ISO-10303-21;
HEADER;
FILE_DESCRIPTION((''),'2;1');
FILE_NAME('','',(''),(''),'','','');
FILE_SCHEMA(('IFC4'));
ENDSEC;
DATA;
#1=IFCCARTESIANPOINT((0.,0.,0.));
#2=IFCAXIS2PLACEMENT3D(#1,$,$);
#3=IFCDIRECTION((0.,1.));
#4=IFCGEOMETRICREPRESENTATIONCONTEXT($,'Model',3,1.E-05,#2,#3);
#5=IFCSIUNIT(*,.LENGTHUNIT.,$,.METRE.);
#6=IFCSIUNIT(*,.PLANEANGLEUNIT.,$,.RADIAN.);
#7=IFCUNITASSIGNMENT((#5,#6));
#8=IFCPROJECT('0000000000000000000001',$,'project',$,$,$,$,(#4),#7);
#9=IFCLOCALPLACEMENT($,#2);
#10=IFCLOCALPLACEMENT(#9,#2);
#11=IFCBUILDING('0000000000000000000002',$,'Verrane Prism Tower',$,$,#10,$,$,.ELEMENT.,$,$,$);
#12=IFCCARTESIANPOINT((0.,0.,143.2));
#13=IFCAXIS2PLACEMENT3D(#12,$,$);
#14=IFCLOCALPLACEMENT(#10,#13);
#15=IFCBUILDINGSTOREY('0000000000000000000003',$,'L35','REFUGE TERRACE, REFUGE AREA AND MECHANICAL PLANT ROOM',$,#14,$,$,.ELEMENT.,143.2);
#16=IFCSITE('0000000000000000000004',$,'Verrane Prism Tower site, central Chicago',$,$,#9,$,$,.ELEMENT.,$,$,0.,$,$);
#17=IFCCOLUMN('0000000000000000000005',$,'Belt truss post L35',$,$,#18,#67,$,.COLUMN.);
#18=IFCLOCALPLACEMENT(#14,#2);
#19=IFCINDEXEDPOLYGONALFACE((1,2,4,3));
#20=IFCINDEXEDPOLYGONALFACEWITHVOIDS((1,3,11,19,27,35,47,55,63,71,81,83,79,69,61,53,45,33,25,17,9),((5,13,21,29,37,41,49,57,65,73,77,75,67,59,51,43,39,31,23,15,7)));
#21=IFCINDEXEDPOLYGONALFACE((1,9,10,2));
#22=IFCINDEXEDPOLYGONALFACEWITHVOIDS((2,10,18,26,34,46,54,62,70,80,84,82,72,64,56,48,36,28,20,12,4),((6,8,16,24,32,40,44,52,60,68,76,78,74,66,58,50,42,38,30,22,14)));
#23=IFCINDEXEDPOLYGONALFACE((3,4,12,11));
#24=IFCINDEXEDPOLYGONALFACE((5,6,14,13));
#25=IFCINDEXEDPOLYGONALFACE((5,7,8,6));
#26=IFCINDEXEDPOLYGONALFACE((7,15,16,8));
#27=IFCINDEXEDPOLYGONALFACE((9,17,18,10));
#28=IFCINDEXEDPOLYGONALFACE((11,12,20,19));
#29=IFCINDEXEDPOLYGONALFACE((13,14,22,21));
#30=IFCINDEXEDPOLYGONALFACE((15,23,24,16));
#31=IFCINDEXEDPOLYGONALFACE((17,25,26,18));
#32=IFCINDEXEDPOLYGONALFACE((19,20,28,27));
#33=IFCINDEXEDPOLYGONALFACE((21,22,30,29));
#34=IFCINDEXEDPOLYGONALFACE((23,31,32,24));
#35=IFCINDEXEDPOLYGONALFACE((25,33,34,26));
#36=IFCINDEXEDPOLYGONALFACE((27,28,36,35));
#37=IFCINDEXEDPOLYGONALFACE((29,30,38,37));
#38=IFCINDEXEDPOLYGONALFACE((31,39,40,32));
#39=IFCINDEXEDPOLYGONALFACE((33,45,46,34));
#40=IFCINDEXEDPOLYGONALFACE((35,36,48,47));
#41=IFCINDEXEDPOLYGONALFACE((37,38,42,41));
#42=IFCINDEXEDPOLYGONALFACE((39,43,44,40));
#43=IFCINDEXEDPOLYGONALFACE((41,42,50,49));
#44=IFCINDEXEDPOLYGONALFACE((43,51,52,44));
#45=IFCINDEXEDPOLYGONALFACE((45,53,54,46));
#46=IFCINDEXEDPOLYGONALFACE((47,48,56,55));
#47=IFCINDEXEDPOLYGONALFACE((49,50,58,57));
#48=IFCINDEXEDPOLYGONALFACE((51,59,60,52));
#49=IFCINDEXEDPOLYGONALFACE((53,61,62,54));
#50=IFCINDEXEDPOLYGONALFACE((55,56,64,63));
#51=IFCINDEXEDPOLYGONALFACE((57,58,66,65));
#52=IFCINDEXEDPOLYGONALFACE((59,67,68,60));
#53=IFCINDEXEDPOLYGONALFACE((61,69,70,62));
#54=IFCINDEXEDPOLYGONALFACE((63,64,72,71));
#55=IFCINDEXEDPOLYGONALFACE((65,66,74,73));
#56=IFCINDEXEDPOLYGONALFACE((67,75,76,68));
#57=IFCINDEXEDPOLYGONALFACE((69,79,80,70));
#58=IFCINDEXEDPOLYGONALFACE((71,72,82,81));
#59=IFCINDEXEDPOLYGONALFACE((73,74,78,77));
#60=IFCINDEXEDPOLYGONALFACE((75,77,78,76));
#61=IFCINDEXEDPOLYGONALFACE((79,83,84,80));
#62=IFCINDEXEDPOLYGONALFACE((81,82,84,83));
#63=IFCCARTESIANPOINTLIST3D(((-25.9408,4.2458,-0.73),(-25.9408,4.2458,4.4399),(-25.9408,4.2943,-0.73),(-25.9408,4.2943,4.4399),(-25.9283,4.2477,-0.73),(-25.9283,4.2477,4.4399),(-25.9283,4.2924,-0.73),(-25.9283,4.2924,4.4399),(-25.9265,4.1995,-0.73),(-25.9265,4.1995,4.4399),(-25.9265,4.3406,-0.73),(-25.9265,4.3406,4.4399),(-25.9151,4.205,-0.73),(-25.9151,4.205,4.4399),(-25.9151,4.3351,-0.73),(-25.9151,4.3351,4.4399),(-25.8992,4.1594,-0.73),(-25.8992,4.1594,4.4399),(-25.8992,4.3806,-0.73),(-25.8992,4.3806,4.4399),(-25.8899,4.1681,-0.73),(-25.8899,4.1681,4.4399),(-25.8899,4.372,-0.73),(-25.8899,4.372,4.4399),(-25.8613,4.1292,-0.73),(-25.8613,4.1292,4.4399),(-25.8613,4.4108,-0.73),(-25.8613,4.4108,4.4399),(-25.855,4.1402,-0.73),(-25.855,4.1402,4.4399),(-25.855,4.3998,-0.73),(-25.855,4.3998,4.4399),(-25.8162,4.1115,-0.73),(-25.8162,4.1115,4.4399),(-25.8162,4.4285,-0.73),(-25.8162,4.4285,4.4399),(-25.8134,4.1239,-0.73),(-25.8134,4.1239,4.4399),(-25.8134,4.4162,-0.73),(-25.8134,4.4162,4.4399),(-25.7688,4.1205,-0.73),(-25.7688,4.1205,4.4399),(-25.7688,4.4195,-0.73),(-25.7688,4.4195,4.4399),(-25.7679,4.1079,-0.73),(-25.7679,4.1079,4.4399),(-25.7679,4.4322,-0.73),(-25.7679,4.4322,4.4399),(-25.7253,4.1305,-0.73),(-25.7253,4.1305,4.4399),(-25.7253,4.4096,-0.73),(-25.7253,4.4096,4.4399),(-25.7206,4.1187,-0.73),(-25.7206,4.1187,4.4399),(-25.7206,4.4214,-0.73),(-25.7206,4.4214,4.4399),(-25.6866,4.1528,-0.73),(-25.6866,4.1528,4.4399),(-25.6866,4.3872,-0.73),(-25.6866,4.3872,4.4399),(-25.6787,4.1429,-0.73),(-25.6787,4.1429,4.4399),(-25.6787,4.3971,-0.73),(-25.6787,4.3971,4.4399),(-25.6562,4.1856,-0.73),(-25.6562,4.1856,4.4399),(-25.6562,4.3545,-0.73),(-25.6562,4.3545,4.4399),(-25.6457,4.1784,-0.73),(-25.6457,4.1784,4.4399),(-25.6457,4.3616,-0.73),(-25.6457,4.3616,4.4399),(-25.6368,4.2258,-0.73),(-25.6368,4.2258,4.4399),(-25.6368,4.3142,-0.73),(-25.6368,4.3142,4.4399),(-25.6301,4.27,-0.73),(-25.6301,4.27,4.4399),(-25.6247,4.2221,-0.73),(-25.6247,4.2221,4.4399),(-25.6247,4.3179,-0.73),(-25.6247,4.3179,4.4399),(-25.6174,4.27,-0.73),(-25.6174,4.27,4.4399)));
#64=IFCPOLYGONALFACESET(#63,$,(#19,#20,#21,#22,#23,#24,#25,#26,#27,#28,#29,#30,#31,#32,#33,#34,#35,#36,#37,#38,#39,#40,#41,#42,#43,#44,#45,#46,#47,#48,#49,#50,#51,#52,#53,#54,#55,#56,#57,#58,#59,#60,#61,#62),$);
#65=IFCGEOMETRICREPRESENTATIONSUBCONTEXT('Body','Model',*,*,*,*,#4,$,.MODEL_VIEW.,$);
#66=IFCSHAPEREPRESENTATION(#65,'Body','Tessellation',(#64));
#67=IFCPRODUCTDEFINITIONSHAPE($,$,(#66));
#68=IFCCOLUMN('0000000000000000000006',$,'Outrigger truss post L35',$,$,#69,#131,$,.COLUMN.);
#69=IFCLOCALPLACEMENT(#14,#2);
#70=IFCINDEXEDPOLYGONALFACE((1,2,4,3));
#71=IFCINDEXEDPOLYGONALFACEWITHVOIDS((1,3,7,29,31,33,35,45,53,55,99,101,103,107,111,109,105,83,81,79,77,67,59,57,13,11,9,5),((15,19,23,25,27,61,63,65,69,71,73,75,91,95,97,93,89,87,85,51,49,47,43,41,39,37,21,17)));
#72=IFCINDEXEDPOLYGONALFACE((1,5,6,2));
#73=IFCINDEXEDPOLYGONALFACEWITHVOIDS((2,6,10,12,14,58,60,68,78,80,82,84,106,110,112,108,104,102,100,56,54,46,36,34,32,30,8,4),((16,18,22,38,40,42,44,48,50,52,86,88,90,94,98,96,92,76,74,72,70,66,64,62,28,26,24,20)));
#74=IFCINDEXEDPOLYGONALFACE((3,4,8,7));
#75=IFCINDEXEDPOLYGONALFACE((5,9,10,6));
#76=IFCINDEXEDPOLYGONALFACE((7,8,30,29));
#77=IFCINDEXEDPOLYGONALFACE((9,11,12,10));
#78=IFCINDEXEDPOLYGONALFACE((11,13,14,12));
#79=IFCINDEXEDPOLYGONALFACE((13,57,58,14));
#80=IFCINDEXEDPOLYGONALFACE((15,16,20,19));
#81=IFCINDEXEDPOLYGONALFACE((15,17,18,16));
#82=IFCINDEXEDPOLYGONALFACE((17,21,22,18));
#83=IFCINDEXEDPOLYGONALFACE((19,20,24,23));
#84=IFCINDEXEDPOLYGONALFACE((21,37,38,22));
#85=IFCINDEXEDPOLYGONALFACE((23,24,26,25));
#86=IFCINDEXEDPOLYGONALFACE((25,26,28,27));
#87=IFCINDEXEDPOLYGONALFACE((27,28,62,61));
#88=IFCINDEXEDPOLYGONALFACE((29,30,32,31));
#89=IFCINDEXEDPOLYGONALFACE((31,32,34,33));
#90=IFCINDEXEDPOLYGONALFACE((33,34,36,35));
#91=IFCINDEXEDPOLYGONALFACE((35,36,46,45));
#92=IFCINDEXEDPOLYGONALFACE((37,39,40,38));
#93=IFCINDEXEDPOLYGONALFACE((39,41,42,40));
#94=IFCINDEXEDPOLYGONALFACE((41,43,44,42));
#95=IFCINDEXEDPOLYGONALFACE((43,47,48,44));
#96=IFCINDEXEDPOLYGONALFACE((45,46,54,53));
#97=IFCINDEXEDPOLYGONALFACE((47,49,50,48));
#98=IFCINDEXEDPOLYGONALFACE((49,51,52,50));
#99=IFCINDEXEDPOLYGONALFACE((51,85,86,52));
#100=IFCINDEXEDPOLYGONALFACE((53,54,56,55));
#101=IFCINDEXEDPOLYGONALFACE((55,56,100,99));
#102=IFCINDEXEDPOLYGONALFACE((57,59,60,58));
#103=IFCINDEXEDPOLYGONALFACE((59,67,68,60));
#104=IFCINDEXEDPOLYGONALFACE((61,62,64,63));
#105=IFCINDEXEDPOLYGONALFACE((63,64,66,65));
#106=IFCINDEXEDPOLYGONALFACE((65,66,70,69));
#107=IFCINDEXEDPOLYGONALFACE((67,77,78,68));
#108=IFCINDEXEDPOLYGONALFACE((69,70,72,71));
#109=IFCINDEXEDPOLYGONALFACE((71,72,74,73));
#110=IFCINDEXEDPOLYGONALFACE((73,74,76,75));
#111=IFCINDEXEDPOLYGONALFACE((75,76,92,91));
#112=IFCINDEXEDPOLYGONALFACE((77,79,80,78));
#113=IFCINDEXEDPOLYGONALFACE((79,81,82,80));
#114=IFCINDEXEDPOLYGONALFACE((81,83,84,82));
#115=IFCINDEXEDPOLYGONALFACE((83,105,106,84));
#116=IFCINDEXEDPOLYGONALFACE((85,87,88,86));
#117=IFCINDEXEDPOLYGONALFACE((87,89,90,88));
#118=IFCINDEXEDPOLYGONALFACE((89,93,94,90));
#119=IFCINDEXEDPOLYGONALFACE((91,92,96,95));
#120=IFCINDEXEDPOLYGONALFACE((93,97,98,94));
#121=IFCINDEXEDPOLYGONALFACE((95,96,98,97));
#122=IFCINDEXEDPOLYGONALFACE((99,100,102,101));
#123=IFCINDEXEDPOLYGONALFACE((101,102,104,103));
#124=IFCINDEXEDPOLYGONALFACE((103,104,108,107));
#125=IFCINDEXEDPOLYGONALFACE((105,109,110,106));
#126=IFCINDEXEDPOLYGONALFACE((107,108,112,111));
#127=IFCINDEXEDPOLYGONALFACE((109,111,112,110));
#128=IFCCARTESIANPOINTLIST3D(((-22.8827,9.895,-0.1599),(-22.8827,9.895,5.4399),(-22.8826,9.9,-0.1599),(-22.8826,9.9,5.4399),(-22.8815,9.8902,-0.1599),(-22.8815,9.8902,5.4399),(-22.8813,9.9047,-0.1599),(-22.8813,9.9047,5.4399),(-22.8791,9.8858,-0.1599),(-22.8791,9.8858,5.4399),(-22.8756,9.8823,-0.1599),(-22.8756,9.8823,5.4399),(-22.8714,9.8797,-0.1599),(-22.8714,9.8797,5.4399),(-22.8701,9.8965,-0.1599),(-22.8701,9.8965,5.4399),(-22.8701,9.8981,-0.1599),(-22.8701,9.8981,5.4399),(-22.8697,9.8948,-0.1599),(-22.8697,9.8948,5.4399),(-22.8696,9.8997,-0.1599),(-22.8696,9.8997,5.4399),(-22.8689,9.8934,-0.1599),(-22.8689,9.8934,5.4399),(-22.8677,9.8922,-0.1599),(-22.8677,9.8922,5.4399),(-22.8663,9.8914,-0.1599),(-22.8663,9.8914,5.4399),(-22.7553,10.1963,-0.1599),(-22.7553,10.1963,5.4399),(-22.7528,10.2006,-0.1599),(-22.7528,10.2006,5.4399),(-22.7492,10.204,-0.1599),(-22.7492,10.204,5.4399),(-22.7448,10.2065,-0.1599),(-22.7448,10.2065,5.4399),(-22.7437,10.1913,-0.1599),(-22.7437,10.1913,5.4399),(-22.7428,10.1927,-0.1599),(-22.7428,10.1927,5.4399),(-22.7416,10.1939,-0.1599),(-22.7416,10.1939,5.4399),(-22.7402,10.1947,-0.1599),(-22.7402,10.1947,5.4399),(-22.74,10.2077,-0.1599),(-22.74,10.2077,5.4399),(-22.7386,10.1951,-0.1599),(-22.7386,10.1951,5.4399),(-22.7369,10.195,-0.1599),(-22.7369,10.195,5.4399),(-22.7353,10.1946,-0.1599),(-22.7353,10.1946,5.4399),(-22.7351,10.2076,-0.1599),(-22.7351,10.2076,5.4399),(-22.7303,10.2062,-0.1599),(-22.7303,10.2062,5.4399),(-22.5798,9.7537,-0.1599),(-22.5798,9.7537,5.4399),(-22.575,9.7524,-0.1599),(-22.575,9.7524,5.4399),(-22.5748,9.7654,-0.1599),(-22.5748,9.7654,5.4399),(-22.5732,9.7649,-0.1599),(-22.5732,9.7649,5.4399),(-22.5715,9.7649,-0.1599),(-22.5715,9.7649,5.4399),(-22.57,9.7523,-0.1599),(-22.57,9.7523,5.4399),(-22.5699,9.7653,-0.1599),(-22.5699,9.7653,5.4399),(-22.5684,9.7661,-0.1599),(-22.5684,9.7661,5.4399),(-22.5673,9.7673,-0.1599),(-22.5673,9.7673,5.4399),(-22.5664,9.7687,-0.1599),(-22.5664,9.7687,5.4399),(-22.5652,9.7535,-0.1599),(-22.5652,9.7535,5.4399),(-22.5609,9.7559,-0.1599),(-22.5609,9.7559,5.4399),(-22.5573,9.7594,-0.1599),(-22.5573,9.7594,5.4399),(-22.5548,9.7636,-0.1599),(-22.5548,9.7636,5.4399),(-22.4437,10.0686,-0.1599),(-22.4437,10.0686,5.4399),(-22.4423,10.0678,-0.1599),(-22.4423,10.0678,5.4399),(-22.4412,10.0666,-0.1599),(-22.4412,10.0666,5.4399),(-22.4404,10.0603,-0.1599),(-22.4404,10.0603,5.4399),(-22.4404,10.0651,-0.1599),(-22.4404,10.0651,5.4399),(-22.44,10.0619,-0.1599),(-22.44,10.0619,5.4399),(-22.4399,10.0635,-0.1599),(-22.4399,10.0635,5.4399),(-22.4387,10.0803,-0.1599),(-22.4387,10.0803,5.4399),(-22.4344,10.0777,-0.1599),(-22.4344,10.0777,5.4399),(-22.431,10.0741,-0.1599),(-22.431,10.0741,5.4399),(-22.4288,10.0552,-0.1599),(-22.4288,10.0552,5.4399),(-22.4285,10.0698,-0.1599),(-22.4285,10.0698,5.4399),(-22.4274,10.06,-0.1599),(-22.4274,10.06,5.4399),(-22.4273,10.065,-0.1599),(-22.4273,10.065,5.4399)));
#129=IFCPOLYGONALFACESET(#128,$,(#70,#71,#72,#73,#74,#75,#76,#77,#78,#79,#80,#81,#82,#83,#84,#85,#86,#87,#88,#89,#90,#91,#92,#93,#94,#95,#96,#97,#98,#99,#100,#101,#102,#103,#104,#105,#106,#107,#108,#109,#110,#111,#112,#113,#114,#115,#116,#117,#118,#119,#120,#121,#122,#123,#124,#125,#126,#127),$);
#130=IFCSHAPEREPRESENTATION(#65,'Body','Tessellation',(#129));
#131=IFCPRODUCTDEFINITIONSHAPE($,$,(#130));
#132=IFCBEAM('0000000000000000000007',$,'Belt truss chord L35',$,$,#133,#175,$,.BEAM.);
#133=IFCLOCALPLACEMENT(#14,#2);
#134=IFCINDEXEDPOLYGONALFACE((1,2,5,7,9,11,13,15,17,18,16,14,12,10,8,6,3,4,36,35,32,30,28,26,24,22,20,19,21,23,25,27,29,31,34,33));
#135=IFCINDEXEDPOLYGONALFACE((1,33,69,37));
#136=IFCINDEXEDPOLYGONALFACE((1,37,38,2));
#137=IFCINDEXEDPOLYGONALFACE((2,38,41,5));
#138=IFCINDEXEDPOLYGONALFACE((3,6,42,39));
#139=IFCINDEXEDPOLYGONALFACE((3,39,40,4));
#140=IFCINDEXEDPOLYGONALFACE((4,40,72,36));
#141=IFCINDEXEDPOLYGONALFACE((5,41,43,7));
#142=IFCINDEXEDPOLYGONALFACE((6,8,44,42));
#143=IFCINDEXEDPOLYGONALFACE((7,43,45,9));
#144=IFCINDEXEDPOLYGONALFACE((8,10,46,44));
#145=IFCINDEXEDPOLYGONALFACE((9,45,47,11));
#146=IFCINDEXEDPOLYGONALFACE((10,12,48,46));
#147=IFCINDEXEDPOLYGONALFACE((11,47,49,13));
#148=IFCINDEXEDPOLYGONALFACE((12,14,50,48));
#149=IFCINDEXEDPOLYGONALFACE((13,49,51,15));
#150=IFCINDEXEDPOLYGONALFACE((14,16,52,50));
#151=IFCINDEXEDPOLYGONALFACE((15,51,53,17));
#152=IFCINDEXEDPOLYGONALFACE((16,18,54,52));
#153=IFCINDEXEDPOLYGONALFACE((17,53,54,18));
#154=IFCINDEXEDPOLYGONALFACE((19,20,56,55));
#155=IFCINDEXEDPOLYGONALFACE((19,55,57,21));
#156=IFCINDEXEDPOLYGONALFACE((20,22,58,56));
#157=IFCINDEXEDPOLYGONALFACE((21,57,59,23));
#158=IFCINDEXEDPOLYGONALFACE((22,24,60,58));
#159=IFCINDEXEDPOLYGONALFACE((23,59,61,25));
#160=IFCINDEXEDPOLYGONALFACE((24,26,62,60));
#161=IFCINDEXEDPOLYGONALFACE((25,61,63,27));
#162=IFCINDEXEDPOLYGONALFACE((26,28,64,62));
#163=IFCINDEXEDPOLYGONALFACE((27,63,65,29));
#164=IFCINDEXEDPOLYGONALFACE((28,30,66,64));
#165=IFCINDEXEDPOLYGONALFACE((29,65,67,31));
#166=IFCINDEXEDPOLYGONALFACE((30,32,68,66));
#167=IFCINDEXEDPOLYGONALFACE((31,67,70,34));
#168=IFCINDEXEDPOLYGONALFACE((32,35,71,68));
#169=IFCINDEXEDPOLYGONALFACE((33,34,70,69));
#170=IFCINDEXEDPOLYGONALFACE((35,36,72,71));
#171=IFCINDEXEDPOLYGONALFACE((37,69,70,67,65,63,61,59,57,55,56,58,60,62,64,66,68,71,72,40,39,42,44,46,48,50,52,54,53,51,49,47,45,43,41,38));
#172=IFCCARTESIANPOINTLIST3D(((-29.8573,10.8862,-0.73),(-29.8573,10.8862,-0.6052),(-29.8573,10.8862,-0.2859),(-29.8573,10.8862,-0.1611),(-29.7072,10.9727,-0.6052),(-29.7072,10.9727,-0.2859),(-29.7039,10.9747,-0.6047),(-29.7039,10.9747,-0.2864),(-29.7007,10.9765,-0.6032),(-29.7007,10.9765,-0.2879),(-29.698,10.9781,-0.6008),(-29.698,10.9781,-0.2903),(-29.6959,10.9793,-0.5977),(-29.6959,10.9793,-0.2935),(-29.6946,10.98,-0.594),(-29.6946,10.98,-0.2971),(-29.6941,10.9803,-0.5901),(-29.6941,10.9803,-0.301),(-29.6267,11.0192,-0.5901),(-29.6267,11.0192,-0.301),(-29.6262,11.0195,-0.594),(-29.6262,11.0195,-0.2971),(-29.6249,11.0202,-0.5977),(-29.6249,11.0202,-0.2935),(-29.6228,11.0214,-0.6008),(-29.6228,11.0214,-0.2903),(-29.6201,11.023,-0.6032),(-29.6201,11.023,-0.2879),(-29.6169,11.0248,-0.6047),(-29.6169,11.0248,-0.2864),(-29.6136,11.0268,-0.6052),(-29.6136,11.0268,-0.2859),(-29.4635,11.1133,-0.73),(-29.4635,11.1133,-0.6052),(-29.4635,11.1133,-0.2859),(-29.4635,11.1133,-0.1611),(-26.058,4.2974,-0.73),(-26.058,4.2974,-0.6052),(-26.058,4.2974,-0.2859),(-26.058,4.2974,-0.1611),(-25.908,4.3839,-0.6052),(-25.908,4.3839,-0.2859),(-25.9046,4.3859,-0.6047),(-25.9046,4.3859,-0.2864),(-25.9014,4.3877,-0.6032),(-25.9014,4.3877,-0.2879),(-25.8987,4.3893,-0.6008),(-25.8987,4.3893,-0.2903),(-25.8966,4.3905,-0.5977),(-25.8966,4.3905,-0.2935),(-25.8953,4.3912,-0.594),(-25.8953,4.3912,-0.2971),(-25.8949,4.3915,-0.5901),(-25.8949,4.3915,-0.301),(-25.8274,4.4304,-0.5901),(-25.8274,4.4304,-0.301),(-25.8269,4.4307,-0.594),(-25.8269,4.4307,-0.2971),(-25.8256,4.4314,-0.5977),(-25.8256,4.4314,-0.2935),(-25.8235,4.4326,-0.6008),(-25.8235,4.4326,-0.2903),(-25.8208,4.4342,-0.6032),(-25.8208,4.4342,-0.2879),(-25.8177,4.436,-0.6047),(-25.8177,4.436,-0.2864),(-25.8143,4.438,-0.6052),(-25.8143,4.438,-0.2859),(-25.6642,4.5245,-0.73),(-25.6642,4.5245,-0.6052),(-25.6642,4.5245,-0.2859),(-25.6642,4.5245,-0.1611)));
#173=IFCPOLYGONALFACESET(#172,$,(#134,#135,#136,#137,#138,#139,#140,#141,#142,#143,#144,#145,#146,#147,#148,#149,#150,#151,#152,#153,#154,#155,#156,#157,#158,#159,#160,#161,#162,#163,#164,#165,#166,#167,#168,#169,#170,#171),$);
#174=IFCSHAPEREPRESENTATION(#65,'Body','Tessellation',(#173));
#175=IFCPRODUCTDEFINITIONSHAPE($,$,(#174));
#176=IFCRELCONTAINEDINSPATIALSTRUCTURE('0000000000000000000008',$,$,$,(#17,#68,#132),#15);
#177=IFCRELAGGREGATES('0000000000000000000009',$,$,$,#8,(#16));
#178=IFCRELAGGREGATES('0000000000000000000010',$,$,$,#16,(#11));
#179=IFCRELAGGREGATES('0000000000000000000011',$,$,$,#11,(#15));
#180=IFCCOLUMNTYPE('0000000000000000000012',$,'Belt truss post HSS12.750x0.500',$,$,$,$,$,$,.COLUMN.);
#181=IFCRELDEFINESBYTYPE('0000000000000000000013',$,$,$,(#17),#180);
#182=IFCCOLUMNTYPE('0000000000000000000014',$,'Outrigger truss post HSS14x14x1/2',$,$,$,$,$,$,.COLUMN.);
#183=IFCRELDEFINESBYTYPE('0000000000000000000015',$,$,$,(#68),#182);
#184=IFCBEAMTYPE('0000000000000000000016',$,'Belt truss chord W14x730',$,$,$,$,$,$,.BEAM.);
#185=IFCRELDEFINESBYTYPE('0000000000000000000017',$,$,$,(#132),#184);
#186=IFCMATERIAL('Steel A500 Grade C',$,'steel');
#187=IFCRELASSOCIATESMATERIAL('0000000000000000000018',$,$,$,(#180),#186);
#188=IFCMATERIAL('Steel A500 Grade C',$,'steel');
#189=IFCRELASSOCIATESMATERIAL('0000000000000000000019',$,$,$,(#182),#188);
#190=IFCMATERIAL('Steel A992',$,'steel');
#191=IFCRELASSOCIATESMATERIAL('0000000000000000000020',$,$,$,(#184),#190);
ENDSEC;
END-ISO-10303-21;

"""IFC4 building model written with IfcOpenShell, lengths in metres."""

from ifc_helpers import new_model, si_unit, direction, frame, origin, origin_2d, place, context, subcontext, project, spatial, hollow_rectangle, hollow_circle, i_section, extrude, material, material_profile, profile_set, type_object, element, save


model = new_model("IFC4")

# Units and contexts
model_context = context("Model", 3, precision=1e-05, world=origin(), true_north=direction((0.0, 1.0)))
body_context = subcontext(model_context, "Body", "Model", "MODEL_VIEW")
ifc_project = project(units=[si_unit("LENGTHUNIT", "METRE"), si_unit("PLANEANGLEUNIT", "RADIAN")], contexts=[model_context])

# Site, building, storey
site_placement = place(None, origin())
site = spatial("IfcSite", under=ifc_project, at=site_placement, Name="Verrane Prism Tower site, central Chicago", CompositionType="ELEMENT", RefElevation=0.0)
building_placement = place(site_placement, origin())
building = spatial("IfcBuilding", under=site, at=building_placement, Name="Verrane Prism Tower", CompositionType="ELEMENT")
storey_placement = place(building_placement, frame((0.0, 0.0, 143.2)))
storey = spatial("IfcBuildingStorey", under=building, at=storey_placement, Name="L35", Description="REFUGE TERRACE, REFUGE AREA AND MECHANICAL PLANT ROOM", CompositionType="ELEMENT", Elevation=143.2)

# Columns
ifc_material_1 = material(Name="Steel A500 Grade C", Category="steel")
ifc_material_profile_1 = material_profile(ifc_material_1, hollow_circle(Radius=0.1626, WallThickness=0.0127, at=origin_2d()), Name="HSS12.750x0.500")
ifc_profile_set_1 = profile_set([ifc_material_profile_1], Name="Steel A500 Grade C")
column_type_1 = type_object("IfcColumnType", Name="Belt truss post HSS12.750x0.500", PredefinedType="COLUMN", material=ifc_profile_set_1)
column_1_placement = place(storey_placement, frame((-25.78, 4.27, -0.73), z_axis=(0.0, 0.0, 1.0), x_axis=(-0.5, 0.866025, 0.0)))
element("IfcColumn", 1, at=column_1_placement, inside=storey, type_object=column_type_1, Name="Belt truss post L35", PredefinedType="COLUMN", context=body_context, shape_type="SweptSolid", body=[
    extrude(hollow_circle(Radius=0.1626, WallThickness=0.0127, at=origin_2d()), origin(), (0.0, 0.0, 1.0), 5.1699),
])
ifc_material_2 = material(Name="Steel A500 Grade C", Category="steel")
ifc_material_profile_2 = material_profile(ifc_material_2, hollow_rectangle(XDim=0.3557, YDim=0.3557, WallThickness=0.0127, InnerFilletRadius=0.0063, OuterFilletRadius=0.019, at=origin_2d()), Name="HSS14x14x1/2")
ifc_profile_set_2 = profile_set([ifc_material_profile_2], Name="Steel A500 Grade C")
column_type_2 = type_object("IfcColumnType", Name="Outrigger truss post HSS14x14x1/2", PredefinedType="COLUMN", material=ifc_profile_set_2)
column_2_placement = place(storey_placement, frame((-22.655, 9.98, -0.1599), z_axis=(0.0, 0.0, 1.0), x_axis=(-0.396637, -0.917976, 0.0)))
element("IfcColumn", 2, at=column_2_placement, inside=storey, type_object=column_type_2, Name="Outrigger truss post L35", PredefinedType="COLUMN", context=body_context, shape_type="SweptSolid", body=[
    extrude(hollow_rectangle(XDim=0.3557, YDim=0.3557, WallThickness=0.0127, InnerFilletRadius=0.0063, OuterFilletRadius=0.019, at=origin_2d()), origin(), (0.0, 0.0, 1.0), 5.5999),
])

# Beam
ifc_material_3 = material(Name="Steel A992", Category="steel")
ifc_material_profile_3 = material_profile(ifc_material_3, i_section(OverallWidth=0.4546, OverallDepth=0.5688, WebThickness=0.0779, FlangeThickness=0.1248, FilletRadius=0.0151, at=origin_2d()), Name="W14x730")
ifc_profile_set_3 = profile_set([ifc_material_profile_3], Name="Steel A992")
beam_type_1 = type_object("IfcBeamType", Name="Belt truss chord W14x730", PredefinedType="BEAM", material=ifc_profile_set_3)
beam_1_placement = place(storey_placement, frame((-29.6604, 10.9998, -0.4456), z_axis=(0.49953, -0.866297, 0.0), x_axis=(0.866297, 0.49953, 0.0)))
element("IfcBeam", 3, at=beam_1_placement, inside=storey, type_object=beam_type_1, Name="Belt truss chord L35", PredefinedType="BEAM", context=body_context, shape_type="SweptSolid", body=[
    extrude(i_section(OverallWidth=0.4546, OverallDepth=0.5688, WebThickness=0.0779, FlangeThickness=0.1248, FilletRadius=0.0151, at=origin_2d()), origin(), (0.0, 0.0, 1.0), 7.6057),
])

save(model, "model.ifc")
